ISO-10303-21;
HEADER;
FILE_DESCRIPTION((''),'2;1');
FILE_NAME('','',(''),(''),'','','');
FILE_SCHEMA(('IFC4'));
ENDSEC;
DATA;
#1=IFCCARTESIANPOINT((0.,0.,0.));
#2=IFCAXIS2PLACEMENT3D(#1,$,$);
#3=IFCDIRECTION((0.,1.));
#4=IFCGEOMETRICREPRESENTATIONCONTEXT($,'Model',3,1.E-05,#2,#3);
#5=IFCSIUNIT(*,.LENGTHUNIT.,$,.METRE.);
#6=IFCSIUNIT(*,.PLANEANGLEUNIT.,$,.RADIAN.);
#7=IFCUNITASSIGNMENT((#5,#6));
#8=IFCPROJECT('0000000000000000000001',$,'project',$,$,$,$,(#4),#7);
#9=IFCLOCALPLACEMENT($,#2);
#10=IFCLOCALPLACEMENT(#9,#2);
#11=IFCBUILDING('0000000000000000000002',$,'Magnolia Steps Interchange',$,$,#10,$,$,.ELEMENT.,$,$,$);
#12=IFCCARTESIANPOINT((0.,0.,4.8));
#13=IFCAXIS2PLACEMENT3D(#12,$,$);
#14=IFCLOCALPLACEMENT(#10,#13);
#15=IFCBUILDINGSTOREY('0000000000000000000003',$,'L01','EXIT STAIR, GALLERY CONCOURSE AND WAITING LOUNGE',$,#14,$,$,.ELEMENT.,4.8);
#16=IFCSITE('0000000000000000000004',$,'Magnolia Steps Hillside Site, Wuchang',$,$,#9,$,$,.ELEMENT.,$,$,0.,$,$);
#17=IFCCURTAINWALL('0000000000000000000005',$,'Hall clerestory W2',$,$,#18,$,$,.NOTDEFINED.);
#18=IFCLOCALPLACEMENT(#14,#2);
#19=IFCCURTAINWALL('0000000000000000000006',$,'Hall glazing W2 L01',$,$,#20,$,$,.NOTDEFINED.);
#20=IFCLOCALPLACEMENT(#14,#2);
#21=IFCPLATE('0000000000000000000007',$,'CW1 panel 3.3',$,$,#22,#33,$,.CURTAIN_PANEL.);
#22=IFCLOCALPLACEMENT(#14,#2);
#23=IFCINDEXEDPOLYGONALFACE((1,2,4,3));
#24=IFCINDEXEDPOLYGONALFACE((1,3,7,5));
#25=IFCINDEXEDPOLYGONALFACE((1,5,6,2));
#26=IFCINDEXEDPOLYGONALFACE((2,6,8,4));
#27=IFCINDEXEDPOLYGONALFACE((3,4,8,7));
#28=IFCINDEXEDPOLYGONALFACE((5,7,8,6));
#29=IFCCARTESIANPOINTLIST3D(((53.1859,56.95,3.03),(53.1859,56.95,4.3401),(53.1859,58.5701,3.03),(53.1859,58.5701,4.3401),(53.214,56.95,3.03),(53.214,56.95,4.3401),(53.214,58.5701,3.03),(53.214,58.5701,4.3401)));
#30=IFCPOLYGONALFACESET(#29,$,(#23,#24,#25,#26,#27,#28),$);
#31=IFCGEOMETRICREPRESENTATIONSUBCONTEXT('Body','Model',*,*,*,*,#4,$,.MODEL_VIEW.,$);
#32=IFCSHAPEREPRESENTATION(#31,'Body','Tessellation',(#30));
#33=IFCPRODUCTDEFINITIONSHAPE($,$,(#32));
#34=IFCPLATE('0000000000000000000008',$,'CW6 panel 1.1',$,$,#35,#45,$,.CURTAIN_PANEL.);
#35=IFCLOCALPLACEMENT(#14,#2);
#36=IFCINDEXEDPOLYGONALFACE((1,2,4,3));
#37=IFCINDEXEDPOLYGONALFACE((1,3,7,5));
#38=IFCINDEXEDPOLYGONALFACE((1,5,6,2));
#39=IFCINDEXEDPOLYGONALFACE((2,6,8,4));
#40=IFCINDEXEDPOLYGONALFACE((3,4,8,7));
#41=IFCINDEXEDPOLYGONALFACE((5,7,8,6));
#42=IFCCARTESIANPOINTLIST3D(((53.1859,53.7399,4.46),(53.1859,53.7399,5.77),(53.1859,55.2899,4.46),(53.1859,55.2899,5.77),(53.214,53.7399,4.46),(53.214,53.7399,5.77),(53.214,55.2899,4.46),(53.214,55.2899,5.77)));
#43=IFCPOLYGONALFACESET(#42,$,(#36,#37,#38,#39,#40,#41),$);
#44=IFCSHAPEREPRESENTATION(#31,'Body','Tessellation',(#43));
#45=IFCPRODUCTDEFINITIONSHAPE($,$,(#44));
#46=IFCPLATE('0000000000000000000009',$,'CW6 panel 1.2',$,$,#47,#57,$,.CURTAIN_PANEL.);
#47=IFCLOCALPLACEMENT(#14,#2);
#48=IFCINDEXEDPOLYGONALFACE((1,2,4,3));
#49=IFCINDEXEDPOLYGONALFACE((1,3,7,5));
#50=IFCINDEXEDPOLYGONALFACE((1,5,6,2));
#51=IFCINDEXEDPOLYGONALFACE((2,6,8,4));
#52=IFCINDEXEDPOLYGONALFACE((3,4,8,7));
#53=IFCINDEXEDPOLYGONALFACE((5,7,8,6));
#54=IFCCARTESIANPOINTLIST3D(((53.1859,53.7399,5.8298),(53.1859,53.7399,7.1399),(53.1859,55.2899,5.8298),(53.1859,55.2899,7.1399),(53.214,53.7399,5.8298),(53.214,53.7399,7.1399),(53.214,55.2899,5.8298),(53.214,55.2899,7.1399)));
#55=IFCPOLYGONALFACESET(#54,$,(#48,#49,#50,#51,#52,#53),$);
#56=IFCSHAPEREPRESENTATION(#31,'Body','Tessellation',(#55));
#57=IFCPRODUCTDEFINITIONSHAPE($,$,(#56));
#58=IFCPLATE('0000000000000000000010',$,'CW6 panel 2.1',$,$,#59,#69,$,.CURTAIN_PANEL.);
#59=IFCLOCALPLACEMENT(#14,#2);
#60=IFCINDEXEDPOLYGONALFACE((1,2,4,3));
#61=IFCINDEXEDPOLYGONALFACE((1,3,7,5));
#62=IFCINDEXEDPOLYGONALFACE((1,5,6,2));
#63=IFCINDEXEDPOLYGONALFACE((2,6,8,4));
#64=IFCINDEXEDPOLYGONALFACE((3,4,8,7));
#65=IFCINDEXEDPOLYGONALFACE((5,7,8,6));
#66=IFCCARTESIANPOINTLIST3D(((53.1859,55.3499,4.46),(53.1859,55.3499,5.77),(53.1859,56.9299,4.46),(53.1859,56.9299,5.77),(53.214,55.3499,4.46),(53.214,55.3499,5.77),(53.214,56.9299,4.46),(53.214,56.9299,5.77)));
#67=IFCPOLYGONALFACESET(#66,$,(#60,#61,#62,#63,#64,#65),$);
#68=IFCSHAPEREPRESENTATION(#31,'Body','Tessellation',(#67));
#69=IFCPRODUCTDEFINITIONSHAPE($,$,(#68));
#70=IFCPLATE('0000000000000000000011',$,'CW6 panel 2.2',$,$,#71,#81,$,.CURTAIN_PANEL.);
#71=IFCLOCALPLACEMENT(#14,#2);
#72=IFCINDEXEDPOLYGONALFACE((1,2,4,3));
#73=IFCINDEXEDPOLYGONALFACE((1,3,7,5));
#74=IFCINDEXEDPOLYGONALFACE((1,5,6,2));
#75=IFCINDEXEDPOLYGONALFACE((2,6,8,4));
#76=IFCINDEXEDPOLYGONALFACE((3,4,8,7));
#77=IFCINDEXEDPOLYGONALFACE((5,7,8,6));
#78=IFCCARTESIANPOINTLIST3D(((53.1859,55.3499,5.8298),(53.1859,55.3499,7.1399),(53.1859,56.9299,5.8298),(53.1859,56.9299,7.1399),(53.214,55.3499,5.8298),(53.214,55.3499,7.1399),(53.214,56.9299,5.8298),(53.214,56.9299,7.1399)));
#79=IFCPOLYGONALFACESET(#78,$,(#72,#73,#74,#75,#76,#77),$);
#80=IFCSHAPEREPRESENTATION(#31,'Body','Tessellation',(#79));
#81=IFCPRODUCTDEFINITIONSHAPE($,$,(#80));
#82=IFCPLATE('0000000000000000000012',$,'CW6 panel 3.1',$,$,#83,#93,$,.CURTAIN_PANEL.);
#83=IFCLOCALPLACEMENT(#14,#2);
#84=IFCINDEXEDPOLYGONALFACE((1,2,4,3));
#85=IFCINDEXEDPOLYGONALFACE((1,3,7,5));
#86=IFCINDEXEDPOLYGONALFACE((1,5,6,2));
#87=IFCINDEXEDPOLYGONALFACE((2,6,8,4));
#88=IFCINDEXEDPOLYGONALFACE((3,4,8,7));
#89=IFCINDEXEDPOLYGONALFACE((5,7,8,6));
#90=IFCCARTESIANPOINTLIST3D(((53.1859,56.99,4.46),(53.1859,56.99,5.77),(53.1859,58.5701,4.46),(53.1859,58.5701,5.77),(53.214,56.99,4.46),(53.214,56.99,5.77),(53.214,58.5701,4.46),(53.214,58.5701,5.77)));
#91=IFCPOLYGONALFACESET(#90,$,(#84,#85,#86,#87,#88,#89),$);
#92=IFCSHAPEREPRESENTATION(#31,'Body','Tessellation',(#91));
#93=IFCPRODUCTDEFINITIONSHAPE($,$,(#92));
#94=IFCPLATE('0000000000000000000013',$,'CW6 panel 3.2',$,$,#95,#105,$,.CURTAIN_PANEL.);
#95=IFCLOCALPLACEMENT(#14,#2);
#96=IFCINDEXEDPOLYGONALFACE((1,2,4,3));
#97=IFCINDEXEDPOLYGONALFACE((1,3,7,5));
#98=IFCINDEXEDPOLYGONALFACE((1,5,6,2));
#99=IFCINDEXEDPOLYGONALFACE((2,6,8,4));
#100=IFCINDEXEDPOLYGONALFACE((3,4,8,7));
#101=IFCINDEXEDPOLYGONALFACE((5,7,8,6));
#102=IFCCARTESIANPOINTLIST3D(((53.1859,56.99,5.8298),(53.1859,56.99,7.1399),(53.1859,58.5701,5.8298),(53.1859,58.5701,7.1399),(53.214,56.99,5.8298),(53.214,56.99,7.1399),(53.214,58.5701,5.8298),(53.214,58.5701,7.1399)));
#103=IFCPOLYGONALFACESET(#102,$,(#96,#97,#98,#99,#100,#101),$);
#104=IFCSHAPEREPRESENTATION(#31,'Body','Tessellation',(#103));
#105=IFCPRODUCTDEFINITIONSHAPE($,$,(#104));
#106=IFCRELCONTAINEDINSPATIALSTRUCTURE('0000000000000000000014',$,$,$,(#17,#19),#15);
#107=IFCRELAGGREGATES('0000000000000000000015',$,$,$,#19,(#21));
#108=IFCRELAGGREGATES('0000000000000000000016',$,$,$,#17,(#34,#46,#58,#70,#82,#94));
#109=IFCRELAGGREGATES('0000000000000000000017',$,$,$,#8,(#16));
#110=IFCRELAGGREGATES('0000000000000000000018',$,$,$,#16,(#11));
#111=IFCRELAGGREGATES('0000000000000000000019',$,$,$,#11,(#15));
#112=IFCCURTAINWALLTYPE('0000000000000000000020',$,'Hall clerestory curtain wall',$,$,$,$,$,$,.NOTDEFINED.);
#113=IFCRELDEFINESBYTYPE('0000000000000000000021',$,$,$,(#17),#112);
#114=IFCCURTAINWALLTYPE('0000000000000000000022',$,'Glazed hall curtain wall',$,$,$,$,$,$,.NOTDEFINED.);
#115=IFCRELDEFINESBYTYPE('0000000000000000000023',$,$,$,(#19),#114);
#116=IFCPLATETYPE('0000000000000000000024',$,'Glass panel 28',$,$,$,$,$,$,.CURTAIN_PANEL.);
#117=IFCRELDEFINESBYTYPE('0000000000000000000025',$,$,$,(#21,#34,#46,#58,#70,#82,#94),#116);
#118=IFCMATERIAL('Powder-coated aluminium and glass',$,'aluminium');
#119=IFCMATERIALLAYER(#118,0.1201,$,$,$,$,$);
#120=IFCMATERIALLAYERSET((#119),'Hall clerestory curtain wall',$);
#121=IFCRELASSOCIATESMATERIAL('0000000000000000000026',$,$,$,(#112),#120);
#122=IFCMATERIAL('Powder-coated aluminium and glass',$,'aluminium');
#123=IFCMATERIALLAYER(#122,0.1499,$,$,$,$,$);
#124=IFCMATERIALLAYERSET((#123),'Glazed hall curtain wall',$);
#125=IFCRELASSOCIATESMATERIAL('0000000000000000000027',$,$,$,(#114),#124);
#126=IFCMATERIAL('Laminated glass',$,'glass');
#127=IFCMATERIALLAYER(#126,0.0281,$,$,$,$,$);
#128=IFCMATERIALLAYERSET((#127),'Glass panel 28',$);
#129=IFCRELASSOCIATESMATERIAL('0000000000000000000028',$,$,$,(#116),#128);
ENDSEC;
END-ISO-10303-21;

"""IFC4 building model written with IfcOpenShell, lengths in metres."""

from ifc_helpers import new_model, si_unit, direction, frame, origin, origin_2d, place, context, subcontext, project, spatial, rectangle, extrude, material, layer, layer_set, type_object, element, aggregate, save


model = new_model("IFC4")

# Units and contexts
model_context = context("Model", 3, precision=1e-05, world=origin(), true_north=direction((0.0, 1.0)))
body_context = subcontext(model_context, "Body", "Model", "MODEL_VIEW")
ifc_project = project(units=[si_unit("LENGTHUNIT", "METRE"), si_unit("PLANEANGLEUNIT", "RADIAN")], contexts=[model_context])

# Site, building, storey
site_placement = place(None, origin())
site = spatial("IfcSite", under=ifc_project, at=site_placement, Name="Magnolia Steps Hillside Site, Wuchang", CompositionType="ELEMENT", RefElevation=0.0)
building_placement = place(site_placement, origin())
building = spatial("IfcBuilding", under=site, at=building_placement, Name="Magnolia Steps Interchange", CompositionType="ELEMENT")
storey_placement = place(building_placement, frame((0.0, 0.0, 4.8)))
storey = spatial("IfcBuildingStorey", under=building, at=storey_placement, Name="L01", Description="EXIT STAIR, GALLERY CONCOURSE AND WAITING LOUNGE", CompositionType="ELEMENT", Elevation=4.8)

# Curtain walls
ifc_material_1 = material(Name="Powder-coated aluminium and glass", Category="aluminium")
ifc_layer_1 = layer(ifc_material_1, 0.1201)
ifc_layer_set_1 = layer_set([ifc_layer_1], Name="Hall clerestory curtain wall")
curtain_wall_type_1 = type_object("IfcCurtainWallType", Name="Hall clerestory curtain wall", PredefinedType="NOTDEFINED", material=ifc_layer_set_1)
curtain_wall_1_placement = place(storey_placement, origin())
curtain_wall_1 = element("IfcCurtainWall", 1, at=curtain_wall_1_placement, inside=storey, type_object=curtain_wall_type_1, Name="Hall clerestory W2", PredefinedType="NOTDEFINED")
ifc_material_2 = material(Name="Powder-coated aluminium and glass", Category="aluminium")
ifc_layer_2 = layer(ifc_material_2, 0.1499)
ifc_layer_set_2 = layer_set([ifc_layer_2], Name="Glazed hall curtain wall")
curtain_wall_type_2 = type_object("IfcCurtainWallType", Name="Glazed hall curtain wall", PredefinedType="NOTDEFINED", material=ifc_layer_set_2)
curtain_wall_2_placement = place(storey_placement, origin())
curtain_wall_2 = element("IfcCurtainWall", 2, at=curtain_wall_2_placement, inside=storey, type_object=curtain_wall_type_2, Name="Hall glazing W2 L01", PredefinedType="NOTDEFINED")

# Plates
ifc_material_3 = material(Name="Laminated glass", Category="glass")
ifc_layer_3 = layer(ifc_material_3, 0.0281)
ifc_layer_set_3 = layer_set([ifc_layer_3], Name="Glass panel 28")
plate_type = type_object("IfcPlateType", Name="Glass panel 28", PredefinedType="CURTAIN_PANEL", material=ifc_layer_set_3)
plate_1_placement = place(storey_placement, frame((53.2, 57.76, 3.03), z_axis=(0.0, 0.0, 1.0), x_axis=(0.0, 1.0, 0.0)))
plate_1 = element("IfcPlate", 3, at=plate_1_placement, type_object=plate_type, Name="CW1 panel 3.3", PredefinedType="CURTAIN_PANEL", context=body_context, shape_type="SweptSolid", body=[
    extrude(rectangle(XDim=1.6201, YDim=0.0281, at=origin_2d()), origin(), (0.0, 0.0, 1.0), 1.3101),
])
aggregate(curtain_wall_2, [plate_1])
plate_2_placement = place(storey_placement, frame((53.2, 54.5149, 4.46), z_axis=(0.0, 0.0, 1.0), x_axis=(0.0, 1.0, 0.0)))
plate_2 = element("IfcPlate", 4, at=plate_2_placement, type_object=plate_type, Name="CW6 panel 1.1", PredefinedType="CURTAIN_PANEL", context=body_context, shape_type="SweptSolid", body=[
    extrude(rectangle(XDim=1.55, YDim=0.0281, at=origin_2d()), origin(), (0.0, 0.0, 1.0), 1.3101),
])
plate_3_placement = place(storey_placement, frame((53.2, 54.5149, 5.8298), z_axis=(0.0, 0.0, 1.0), x_axis=(0.0, 1.0, 0.0)))
plate_3 = element("IfcPlate", 5, at=plate_3_placement, type_object=plate_type, Name="CW6 panel 1.2", PredefinedType="CURTAIN_PANEL", context=body_context, shape_type="SweptSolid", body=[
    extrude(rectangle(XDim=1.55, YDim=0.0281, at=origin_2d()), origin(), (0.0, 0.0, 1.0), 1.3101),
])
plate_4_placement = place(storey_placement, frame((53.2, 56.1399, 4.46), z_axis=(0.0, 0.0, 1.0), x_axis=(0.0, 1.0, 0.0)))
plate_4 = element("IfcPlate", 6, at=plate_4_placement, type_object=plate_type, Name="CW6 panel 2.1", PredefinedType="CURTAIN_PANEL", context=body_context, shape_type="SweptSolid", body=[
    extrude(rectangle(XDim=1.5801, YDim=0.0281, at=origin_2d()), origin(), (0.0, 0.0, 1.0), 1.3101),
])
plate_5_placement = place(storey_placement, frame((53.2, 56.1399, 5.8298), z_axis=(0.0, 0.0, 1.0), x_axis=(0.0, 1.0, 0.0)))
plate_5 = element("IfcPlate", 7, at=plate_5_placement, type_object=plate_type, Name="CW6 panel 2.2", PredefinedType="CURTAIN_PANEL", context=body_context, shape_type="SweptSolid", body=[
    extrude(rectangle(XDim=1.5801, YDim=0.0281, at=origin_2d()), origin(), (0.0, 0.0, 1.0), 1.3101),
])
plate_6_placement = place(storey_placement, frame((53.2, 57.78, 4.46), z_axis=(0.0, 0.0, 1.0), x_axis=(0.0, 1.0, 0.0)))
plate_6 = element("IfcPlate", 8, at=plate_6_placement, type_object=plate_type, Name="CW6 panel 3.1", PredefinedType="CURTAIN_PANEL", context=body_context, shape_type="SweptSolid", body=[
    extrude(rectangle(XDim=1.5801, YDim=0.0281, at=origin_2d()), origin(), (0.0, 0.0, 1.0), 1.3101),
])
plate_7_placement = place(storey_placement, frame((53.2, 57.78, 5.8298), z_axis=(0.0, 0.0, 1.0), x_axis=(0.0, 1.0, 0.0)))
plate_7 = element("IfcPlate", 9, at=plate_7_placement, type_object=plate_type, Name="CW6 panel 3.2", PredefinedType="CURTAIN_PANEL", context=body_context, shape_type="SweptSolid", body=[
    extrude(rectangle(XDim=1.5801, YDim=0.0281, at=origin_2d()), origin(), (0.0, 0.0, 1.0), 1.3101),
])
aggregate(curtain_wall_1, [plate_2, plate_3, plate_4, plate_5, plate_6, plate_7])

save(model, "model.ifc")
